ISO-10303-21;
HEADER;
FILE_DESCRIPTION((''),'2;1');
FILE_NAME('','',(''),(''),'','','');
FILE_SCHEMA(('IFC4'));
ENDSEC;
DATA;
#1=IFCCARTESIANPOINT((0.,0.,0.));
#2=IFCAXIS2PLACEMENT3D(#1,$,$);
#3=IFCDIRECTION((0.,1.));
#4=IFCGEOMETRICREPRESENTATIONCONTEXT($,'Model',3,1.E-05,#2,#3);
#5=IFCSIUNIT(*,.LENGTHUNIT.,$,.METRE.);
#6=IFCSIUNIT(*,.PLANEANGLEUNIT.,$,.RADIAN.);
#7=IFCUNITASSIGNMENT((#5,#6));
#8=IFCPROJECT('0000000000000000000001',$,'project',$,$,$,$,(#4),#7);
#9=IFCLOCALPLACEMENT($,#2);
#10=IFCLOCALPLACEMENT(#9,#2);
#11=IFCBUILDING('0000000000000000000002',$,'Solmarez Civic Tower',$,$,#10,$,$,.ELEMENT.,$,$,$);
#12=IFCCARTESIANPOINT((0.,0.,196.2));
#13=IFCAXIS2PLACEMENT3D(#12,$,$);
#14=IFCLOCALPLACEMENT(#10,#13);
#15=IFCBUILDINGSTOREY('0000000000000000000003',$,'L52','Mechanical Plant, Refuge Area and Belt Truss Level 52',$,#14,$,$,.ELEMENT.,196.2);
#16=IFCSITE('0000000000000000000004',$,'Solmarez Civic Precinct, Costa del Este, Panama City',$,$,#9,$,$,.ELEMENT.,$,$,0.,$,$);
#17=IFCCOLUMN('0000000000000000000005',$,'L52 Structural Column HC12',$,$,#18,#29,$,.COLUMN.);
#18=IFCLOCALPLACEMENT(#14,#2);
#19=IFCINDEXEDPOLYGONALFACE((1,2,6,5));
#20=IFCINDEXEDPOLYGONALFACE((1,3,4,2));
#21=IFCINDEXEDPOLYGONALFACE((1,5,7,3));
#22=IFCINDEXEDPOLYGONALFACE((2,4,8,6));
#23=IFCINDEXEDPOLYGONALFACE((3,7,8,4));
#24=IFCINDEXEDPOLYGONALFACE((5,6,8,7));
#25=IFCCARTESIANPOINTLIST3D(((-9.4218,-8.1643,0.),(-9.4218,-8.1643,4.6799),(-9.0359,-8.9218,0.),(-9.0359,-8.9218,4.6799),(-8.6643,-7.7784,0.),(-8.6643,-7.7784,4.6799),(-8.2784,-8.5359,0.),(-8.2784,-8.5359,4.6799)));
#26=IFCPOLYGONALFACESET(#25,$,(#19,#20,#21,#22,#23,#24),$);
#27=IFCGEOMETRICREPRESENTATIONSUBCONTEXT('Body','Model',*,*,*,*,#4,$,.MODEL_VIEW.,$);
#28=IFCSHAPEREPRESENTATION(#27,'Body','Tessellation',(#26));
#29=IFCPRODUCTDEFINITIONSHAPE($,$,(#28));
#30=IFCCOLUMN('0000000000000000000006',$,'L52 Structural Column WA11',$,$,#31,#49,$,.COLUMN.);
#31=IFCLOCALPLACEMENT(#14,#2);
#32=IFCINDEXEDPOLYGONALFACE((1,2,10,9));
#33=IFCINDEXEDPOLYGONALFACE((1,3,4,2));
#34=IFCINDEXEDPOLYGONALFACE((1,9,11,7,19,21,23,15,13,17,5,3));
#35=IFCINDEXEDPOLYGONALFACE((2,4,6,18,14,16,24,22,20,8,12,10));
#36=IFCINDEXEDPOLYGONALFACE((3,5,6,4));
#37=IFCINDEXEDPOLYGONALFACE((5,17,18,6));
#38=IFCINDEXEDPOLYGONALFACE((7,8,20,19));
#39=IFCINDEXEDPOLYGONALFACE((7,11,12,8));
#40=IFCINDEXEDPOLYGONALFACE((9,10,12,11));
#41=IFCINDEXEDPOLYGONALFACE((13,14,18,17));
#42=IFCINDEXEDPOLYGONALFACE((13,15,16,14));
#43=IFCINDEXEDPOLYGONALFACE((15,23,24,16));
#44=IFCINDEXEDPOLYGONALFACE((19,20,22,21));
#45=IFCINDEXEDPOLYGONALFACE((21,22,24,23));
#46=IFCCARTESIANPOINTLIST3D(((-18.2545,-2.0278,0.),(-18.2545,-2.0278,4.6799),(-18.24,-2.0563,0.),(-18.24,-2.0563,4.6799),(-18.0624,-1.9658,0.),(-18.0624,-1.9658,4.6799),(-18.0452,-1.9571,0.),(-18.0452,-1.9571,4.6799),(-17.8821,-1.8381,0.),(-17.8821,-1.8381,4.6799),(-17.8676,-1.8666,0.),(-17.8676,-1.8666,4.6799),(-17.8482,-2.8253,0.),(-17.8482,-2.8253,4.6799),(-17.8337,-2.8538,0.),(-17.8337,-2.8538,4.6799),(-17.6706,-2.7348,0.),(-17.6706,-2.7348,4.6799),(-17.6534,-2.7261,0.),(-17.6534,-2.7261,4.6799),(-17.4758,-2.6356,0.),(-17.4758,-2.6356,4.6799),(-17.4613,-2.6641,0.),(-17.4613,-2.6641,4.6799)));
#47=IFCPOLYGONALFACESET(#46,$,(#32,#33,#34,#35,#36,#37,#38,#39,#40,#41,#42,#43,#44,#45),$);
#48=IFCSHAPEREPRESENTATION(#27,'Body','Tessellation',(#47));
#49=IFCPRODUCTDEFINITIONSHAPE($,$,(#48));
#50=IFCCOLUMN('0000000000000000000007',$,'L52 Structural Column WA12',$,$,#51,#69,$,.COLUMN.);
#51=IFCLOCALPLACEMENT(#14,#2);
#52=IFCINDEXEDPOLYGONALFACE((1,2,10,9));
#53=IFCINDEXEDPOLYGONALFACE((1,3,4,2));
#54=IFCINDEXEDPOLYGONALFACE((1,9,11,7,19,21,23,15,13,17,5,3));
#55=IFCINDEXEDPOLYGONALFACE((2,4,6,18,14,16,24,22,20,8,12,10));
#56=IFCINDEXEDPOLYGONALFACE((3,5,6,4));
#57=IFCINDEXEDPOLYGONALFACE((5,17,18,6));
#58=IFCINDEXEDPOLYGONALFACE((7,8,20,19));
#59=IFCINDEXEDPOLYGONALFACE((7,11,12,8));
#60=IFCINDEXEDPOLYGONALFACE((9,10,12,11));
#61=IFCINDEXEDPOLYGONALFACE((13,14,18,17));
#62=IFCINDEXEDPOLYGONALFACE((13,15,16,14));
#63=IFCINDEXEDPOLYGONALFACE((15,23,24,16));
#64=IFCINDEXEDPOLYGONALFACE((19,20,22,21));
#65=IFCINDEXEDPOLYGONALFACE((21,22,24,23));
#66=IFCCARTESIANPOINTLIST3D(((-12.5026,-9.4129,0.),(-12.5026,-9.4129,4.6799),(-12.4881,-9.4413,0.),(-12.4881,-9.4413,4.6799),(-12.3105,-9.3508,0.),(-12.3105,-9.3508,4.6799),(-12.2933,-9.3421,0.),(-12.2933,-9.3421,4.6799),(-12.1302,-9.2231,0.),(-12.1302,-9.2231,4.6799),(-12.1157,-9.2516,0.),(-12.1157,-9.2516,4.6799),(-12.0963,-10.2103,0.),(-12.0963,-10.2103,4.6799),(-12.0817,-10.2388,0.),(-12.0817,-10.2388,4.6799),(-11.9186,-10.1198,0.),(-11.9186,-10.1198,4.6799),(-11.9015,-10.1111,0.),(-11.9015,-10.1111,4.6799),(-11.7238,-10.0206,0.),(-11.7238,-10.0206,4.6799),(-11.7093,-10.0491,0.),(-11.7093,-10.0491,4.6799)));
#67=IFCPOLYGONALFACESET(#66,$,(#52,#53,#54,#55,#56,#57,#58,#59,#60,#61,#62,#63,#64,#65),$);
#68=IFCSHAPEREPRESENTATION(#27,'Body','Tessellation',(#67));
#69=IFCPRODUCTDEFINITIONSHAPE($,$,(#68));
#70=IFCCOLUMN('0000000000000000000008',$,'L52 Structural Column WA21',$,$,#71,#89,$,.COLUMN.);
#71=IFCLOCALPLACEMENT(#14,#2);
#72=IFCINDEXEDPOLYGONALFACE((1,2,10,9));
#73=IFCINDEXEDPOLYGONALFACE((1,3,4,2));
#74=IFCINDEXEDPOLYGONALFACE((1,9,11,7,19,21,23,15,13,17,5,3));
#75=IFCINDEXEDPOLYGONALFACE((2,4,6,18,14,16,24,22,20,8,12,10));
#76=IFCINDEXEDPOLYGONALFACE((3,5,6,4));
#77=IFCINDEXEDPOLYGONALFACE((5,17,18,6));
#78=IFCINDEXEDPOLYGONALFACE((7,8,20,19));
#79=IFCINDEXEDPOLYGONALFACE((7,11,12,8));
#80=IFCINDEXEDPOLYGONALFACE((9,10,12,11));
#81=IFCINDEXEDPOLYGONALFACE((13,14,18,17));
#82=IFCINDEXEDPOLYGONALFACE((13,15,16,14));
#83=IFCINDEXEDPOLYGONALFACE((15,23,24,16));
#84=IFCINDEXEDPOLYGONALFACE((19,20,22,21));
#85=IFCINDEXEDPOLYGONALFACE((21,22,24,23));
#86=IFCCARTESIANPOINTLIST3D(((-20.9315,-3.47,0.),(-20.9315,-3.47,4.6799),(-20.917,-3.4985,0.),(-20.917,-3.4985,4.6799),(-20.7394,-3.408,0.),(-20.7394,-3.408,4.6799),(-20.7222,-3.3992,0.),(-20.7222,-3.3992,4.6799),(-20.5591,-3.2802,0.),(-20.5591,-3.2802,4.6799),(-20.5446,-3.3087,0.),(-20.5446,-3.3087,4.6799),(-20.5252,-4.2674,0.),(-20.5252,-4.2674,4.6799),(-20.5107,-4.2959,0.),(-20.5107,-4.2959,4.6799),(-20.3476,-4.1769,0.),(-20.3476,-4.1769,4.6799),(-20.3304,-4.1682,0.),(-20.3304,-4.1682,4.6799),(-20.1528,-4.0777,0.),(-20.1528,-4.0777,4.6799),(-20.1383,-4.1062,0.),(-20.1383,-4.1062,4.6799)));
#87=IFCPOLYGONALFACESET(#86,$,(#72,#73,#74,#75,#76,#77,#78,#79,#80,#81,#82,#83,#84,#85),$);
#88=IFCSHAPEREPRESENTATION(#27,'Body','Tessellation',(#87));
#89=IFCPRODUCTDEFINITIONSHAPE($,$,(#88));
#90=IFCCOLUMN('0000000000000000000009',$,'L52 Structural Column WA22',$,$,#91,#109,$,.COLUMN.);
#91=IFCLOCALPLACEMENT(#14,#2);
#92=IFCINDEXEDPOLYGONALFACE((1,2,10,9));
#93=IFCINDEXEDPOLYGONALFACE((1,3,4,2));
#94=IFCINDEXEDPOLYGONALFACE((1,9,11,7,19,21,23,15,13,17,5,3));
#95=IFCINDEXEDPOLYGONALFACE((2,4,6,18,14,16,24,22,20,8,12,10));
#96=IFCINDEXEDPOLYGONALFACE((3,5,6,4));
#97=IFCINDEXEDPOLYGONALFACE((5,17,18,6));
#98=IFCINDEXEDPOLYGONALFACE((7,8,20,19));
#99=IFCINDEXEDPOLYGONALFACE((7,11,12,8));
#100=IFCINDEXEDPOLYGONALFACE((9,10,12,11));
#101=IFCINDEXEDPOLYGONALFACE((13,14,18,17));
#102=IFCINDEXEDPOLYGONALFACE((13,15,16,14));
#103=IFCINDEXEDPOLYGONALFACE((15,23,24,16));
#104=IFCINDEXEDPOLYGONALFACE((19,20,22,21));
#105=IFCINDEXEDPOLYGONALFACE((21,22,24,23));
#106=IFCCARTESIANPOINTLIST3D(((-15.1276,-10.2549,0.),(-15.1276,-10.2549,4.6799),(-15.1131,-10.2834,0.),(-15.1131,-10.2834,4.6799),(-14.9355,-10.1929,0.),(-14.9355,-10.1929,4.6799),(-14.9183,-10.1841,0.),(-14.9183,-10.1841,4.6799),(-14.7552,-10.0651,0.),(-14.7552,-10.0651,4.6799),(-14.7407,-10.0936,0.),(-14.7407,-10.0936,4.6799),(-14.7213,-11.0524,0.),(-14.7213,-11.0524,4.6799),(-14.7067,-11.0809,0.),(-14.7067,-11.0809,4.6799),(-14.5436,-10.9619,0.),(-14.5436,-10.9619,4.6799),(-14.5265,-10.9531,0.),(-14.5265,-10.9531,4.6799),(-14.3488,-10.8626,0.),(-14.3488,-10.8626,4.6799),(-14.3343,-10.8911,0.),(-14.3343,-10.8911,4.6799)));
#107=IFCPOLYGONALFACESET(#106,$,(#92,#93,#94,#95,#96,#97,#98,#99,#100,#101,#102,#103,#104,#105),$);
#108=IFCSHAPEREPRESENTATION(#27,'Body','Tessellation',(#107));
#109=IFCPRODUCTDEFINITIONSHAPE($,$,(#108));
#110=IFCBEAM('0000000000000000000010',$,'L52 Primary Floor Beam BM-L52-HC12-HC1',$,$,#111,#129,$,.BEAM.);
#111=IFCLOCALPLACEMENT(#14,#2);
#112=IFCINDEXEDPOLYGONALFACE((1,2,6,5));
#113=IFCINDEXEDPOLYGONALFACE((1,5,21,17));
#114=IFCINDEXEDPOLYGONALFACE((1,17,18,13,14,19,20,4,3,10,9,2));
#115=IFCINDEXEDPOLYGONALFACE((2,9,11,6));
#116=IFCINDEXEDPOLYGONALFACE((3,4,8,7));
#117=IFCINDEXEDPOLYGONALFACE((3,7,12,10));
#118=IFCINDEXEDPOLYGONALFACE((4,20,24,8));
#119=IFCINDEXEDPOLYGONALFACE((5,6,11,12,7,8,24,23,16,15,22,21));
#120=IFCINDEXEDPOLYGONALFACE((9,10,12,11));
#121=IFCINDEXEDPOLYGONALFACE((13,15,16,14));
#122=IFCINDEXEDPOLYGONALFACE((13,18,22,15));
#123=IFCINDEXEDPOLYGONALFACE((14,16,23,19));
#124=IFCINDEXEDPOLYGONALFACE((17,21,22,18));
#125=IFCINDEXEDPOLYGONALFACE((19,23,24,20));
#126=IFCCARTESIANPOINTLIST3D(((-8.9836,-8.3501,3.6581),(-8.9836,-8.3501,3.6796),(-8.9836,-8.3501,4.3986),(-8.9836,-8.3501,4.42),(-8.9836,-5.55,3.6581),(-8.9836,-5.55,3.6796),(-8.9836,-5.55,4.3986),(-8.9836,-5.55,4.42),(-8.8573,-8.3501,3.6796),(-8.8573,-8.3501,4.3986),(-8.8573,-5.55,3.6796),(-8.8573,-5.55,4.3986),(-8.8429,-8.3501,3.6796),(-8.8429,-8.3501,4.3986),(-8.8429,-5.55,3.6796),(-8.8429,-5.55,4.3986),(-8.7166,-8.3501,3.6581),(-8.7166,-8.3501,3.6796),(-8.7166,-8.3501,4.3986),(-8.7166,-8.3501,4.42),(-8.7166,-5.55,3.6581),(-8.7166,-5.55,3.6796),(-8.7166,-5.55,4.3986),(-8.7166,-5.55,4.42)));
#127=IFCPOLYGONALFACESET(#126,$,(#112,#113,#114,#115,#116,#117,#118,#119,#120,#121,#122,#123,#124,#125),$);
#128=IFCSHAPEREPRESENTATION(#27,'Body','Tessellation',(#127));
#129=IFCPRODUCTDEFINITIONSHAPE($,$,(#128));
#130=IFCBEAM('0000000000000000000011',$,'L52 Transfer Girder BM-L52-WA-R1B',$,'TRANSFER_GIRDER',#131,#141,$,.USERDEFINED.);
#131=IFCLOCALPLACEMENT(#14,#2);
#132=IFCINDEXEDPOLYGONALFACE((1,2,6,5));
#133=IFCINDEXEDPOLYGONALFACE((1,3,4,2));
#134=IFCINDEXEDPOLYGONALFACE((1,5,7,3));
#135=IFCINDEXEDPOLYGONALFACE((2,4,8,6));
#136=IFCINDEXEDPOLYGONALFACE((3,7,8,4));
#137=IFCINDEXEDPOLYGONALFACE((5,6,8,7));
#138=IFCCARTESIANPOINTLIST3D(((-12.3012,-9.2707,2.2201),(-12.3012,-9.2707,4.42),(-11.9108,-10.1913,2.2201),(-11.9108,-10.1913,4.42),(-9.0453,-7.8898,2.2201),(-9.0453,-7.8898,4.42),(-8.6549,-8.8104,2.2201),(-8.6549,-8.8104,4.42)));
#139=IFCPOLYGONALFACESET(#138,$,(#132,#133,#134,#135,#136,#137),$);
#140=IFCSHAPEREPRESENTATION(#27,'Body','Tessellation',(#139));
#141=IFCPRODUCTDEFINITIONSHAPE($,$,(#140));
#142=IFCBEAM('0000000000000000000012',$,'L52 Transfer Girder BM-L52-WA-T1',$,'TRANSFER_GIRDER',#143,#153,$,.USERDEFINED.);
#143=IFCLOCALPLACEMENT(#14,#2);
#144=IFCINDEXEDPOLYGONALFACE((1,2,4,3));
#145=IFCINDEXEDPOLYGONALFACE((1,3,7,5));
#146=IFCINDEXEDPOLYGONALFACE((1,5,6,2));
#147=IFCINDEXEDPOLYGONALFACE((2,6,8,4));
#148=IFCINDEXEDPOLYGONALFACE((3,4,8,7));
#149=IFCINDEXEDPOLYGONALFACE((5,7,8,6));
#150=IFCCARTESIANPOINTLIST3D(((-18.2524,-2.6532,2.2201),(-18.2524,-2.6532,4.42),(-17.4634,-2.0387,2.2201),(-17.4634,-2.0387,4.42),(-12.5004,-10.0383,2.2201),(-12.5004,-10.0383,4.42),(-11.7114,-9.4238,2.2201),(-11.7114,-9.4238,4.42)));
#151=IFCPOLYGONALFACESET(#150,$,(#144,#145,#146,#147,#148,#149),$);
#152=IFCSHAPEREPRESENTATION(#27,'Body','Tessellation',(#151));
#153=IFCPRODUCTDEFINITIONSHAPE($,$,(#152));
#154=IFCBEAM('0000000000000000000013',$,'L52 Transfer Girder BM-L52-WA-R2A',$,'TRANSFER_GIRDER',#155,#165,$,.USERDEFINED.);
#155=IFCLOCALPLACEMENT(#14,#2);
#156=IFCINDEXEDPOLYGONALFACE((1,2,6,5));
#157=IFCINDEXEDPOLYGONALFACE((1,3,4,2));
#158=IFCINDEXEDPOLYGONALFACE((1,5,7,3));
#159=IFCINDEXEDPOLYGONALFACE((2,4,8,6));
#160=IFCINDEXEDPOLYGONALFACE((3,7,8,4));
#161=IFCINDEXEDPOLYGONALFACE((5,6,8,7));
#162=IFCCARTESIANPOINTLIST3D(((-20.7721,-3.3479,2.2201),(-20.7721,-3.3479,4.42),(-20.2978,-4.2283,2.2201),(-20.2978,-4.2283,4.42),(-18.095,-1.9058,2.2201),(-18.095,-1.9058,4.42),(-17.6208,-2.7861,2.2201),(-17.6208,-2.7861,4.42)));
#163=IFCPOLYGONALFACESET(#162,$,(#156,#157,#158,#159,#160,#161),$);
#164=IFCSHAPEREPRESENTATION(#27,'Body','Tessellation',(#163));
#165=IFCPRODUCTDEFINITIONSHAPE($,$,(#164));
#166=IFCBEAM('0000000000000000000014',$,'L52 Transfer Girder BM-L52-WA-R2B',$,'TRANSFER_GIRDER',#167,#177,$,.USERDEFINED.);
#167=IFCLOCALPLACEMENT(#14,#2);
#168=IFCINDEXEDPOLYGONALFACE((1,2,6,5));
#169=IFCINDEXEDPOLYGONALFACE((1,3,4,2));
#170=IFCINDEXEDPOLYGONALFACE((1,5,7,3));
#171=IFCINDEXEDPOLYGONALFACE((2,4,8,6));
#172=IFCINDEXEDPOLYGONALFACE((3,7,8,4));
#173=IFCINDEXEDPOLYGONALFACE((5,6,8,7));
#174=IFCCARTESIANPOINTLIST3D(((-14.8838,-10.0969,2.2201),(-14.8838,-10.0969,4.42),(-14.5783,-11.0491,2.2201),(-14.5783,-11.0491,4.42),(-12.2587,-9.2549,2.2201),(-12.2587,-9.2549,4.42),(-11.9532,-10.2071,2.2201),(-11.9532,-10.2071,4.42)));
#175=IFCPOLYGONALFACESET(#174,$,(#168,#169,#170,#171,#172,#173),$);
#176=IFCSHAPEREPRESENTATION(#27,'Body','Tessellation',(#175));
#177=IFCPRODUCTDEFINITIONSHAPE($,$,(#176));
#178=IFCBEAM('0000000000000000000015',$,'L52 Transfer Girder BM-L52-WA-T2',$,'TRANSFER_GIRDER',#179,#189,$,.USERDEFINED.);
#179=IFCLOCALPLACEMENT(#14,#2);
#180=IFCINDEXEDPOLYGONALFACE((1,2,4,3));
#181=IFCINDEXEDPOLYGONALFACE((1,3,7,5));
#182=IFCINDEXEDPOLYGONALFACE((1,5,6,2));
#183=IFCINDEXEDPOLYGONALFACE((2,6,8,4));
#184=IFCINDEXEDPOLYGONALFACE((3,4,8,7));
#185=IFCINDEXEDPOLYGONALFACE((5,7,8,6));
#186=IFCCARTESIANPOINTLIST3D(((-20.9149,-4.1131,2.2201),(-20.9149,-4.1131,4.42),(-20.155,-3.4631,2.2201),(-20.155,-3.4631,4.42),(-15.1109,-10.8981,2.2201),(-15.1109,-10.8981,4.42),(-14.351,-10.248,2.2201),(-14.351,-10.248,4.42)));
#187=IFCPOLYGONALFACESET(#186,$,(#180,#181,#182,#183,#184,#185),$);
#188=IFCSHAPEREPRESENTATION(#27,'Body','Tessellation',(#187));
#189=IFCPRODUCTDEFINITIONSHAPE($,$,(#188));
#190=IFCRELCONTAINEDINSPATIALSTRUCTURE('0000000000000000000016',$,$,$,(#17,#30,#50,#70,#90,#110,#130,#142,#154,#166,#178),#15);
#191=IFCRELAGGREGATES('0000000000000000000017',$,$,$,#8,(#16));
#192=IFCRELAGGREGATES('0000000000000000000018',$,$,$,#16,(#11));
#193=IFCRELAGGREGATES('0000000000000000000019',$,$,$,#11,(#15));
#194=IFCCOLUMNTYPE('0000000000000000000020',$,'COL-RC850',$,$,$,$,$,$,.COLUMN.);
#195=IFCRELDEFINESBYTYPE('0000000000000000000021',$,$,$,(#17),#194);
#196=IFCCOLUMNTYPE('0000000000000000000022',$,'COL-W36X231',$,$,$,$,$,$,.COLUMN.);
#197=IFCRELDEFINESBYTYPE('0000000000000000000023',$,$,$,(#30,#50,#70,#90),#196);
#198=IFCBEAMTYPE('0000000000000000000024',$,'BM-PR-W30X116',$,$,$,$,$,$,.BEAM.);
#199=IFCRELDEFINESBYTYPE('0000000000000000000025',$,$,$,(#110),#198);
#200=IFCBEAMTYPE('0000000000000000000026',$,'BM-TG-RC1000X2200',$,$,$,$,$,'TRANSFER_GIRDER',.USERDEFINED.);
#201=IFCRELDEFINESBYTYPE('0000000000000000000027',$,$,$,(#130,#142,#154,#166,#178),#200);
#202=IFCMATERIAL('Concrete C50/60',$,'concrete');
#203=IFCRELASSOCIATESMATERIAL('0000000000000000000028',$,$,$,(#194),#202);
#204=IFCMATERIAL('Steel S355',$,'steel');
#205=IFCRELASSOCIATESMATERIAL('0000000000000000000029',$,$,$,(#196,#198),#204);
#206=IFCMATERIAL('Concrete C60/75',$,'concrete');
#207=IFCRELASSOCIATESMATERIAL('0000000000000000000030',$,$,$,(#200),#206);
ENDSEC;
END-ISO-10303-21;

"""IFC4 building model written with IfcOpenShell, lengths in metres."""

from ifc_helpers import new_model, si_unit, direction, frame, origin, origin_2d, place, context, subcontext, project, spatial, rectangle, i_section, extrude, material, material_profile, profile_set, type_object, element, save


model = new_model("IFC4")

# Units and contexts
model_context = context("Model", 3, precision=1e-05, world=origin(), true_north=direction((0.0, 1.0)))
body_context = subcontext(model_context, "Body", "Model", "MODEL_VIEW")
ifc_project = project(units=[si_unit("LENGTHUNIT", "METRE"), si_unit("PLANEANGLEUNIT", "RADIAN")], contexts=[model_context])

# Site, building, storey
site_placement = place(None, origin())
site = spatial("IfcSite", under=ifc_project, at=site_placement, Name="Solmarez Civic Precinct, Costa del Este, Panama City", CompositionType="ELEMENT", RefElevation=0.0)
building_placement = place(site_placement, origin())
building = spatial("IfcBuilding", under=site, at=building_placement, Name="Solmarez Civic Tower", CompositionType="ELEMENT")
storey_placement = place(building_placement, frame((0.0, 0.0, 196.2)))
storey = spatial("IfcBuildingStorey", under=building, at=storey_placement, Name="L52", Description="Mechanical Plant, Refuge Area and Belt Truss Level 52", CompositionType="ELEMENT", Elevation=196.2)

# Columns
ifc_material_1 = material(Name="Concrete C50/60", Category="concrete")
ifc_material_profile_1 = material_profile(ifc_material_1, rectangle(XDim=0.8501, YDim=0.8501, at=origin_2d()), Name="RC850X850")
ifc_profile_set_1 = profile_set([ifc_material_profile_1], Name="Concrete C50/60")
column_type_1 = type_object("IfcColumnType", Name="COL-RC850", PredefinedType="COLUMN", material=ifc_profile_set_1)
column_placement = place(storey_placement, frame((-8.8501, -8.3501, 0.0), z_axis=(0.0, 0.0, 1.0), x_axis=(0.891007, 0.45399, 0.0)))
element("IfcColumn", 1, at=column_placement, inside=storey, type_object=column_type_1, Name="L52 Structural Column HC12", PredefinedType="COLUMN", context=body_context, shape_type="SweptSolid", body=[
    extrude(rectangle(XDim=0.8501, YDim=0.8501, at=origin_2d()), origin(), (0.0, 0.0, 1.0), 4.6799),
])
ifc_material_2 = material(Name="Steel S355", Category="steel")
ifc_material_profile_2 = material_profile(ifc_material_2, i_section(OverallWidth=0.418, OverallDepth=0.927, WebThickness=0.0193, FlangeThickness=0.032, at=origin_2d()), Name="W36X231")
ifc_profile_set_2 = profile_set([ifc_material_profile_2], Name="Steel S355")
column_type_2 = type_object("IfcColumnType", Name="COL-W36X231", PredefinedType="COLUMN", material=ifc_profile_set_2)
for number, where, z_axis, x_axis, name in (
    (2, (-17.8579, -2.3459, 0.0), (0.0, 0.0, 1.0), (0.891007, 0.45399, 0.0), "L52 Structural Column WA11"),
    (3, (-12.106, -9.731, 0.0), (0.0, 0.0, 1.0), (0.891007, 0.45399, 0.0), "L52 Structural Column WA12"),
    (4, (-20.5349, -3.7881, 0.0), (0.0, 0.0, 1.0), (0.891007, 0.45399, 0.0), "L52 Structural Column WA21"),
    (5, (-14.731, -10.573, 0.0), (0.0, 0.0, 1.0), (0.891007, 0.45399, 0.0), "L52 Structural Column WA22"),
):
    element("IfcColumn", number, at=place(storey_placement, frame(where, z_axis=z_axis, x_axis=x_axis)), inside=storey, type_object=column_type_2, Name=name, PredefinedType="COLUMN", context=body_context, shape_type="SweptSolid", body=[
        extrude(i_section(OverallWidth=0.418, OverallDepth=0.927, WebThickness=0.0193, FlangeThickness=0.032, at=origin_2d()), origin(), (0.0, 0.0, 1.0), 4.6799),
    ])

# Beams
ifc_material_profile_3 = material_profile(ifc_material_2, i_section(OverallWidth=0.2671, OverallDepth=0.762, WebThickness=0.0144, FlangeThickness=0.0215, at=origin_2d()), Name="W30X116")
ifc_profile_set_3 = profile_set([ifc_material_profile_3], Name="Steel S355")
beam_type_1 = type_object("IfcBeamType", Name="BM-PR-W30X116", PredefinedType="BEAM", material=ifc_profile_set_3)
beam_1_placement = place(storey_placement, frame((-8.8501, -8.3501, 4.0391), z_axis=(0.0, 1.0, 0.0), x_axis=(-1.0, 0.0, 0.0)))
element("IfcBeam", 6, at=beam_1_placement, inside=storey, type_object=beam_type_1, Name="L52 Primary Floor Beam BM-L52-HC12-HC1", PredefinedType="BEAM", context=body_context, shape_type="SweptSolid", body=[
    extrude(i_section(OverallWidth=0.2671, OverallDepth=0.762, WebThickness=0.0144, FlangeThickness=0.0215, at=origin_2d()), origin(), (0.0, 0.0, 1.0), 2.8),
])
ifc_material_3 = material(Name="Concrete C60/75", Category="concrete")
ifc_material_profile_4 = material_profile(ifc_material_3, rectangle(XDim=1.0, YDim=2.2, at=origin_2d()), Name="RC1000X2200")
ifc_profile_set_4 = profile_set([ifc_material_profile_4], Name="Concrete C60/75")
beam_type_2 = type_object("IfcBeamType", Name="BM-TG-RC1000X2200", ElementType="TRANSFER_GIRDER", PredefinedType="USERDEFINED", material=ifc_profile_set_4)
beam_2_placement = place(storey_placement, frame((-8.8501, -8.3501, 3.3201), z_axis=(-0.920624, -0.390451, 0.0), x_axis=(0.390451, -0.920624, 0.0)))
element("IfcBeam", 7, at=beam_2_placement, inside=storey, type_object=beam_type_2, Name="L52 Transfer Girder BM-L52-WA-R1B", ObjectType="TRANSFER_GIRDER", PredefinedType="USERDEFINED", context=body_context, shape_type="SweptSolid", body=[
    extrude(rectangle(XDim=1.0, YDim=2.2, at=origin_2d()), origin(), (0.0, 0.0, 1.0), 3.5366),
])
beam_3_placement = place(storey_placement, frame((-17.8579, -2.3459, 3.3201), z_axis=(0.614477, -0.788935, 0.0), x_axis=(0.788935, 0.614477, 0.0)))
element("IfcBeam", 8, at=beam_3_placement, inside=storey, type_object=beam_type_2, Name="L52 Transfer Girder BM-L52-WA-T1", ObjectType="TRANSFER_GIRDER", PredefinedType="USERDEFINED", context=body_context, shape_type="SweptSolid", body=[
    extrude(rectangle(XDim=1.0, YDim=2.2, at=origin_2d()), origin(), (0.0, 0.0, 1.0), 9.3608),
])
beam_4_placement = place(storey_placement, frame((-17.8579, -2.3459, 3.3201), z_axis=(-0.880378, -0.474272, 0.0), x_axis=(0.474272, -0.880378, 0.0)))
element("IfcBeam", 9, at=beam_4_placement, inside=storey, type_object=beam_type_2, Name="L52 Transfer Girder BM-L52-WA-R2A", ObjectType="TRANSFER_GIRDER", PredefinedType="USERDEFINED", context=body_context, shape_type="SweptSolid", body=[
    extrude(rectangle(XDim=1.0, YDim=2.2, at=origin_2d()), origin(), (0.0, 0.0, 1.0), 3.0408),
])
beam_5_placement = place(storey_placement, frame((-12.106, -9.731, 3.3201), z_axis=(-0.952209, -0.305447, 0.0), x_axis=(0.305447, -0.952209, 0.0)))
element("IfcBeam", 10, at=beam_5_placement, inside=storey, type_object=beam_type_2, Name="L52 Transfer Girder BM-L52-WA-R2B", ObjectType="TRANSFER_GIRDER", PredefinedType="USERDEFINED", context=body_context, shape_type="SweptSolid", body=[
    extrude(rectangle(XDim=1.0, YDim=2.2, at=origin_2d()), origin(), (0.0, 0.0, 1.0), 2.7568),
])
beam_6_placement = place(storey_placement, frame((-20.5349, -3.7881, 3.3201), z_axis=(0.650037, -0.759903, 0.0), x_axis=(0.759903, 0.650037, 0.0)))
element("IfcBeam", 11, at=beam_6_placement, inside=storey, type_object=beam_type_2, Name="L52 Transfer Girder BM-L52-WA-T2", ObjectType="TRANSFER_GIRDER", PredefinedType="USERDEFINED", context=body_context, shape_type="SweptSolid", body=[
    extrude(rectangle(XDim=1.0, YDim=2.2, at=origin_2d()), origin(), (0.0, 0.0, 1.0), 8.9287),
])

save(model, "model.ifc")
